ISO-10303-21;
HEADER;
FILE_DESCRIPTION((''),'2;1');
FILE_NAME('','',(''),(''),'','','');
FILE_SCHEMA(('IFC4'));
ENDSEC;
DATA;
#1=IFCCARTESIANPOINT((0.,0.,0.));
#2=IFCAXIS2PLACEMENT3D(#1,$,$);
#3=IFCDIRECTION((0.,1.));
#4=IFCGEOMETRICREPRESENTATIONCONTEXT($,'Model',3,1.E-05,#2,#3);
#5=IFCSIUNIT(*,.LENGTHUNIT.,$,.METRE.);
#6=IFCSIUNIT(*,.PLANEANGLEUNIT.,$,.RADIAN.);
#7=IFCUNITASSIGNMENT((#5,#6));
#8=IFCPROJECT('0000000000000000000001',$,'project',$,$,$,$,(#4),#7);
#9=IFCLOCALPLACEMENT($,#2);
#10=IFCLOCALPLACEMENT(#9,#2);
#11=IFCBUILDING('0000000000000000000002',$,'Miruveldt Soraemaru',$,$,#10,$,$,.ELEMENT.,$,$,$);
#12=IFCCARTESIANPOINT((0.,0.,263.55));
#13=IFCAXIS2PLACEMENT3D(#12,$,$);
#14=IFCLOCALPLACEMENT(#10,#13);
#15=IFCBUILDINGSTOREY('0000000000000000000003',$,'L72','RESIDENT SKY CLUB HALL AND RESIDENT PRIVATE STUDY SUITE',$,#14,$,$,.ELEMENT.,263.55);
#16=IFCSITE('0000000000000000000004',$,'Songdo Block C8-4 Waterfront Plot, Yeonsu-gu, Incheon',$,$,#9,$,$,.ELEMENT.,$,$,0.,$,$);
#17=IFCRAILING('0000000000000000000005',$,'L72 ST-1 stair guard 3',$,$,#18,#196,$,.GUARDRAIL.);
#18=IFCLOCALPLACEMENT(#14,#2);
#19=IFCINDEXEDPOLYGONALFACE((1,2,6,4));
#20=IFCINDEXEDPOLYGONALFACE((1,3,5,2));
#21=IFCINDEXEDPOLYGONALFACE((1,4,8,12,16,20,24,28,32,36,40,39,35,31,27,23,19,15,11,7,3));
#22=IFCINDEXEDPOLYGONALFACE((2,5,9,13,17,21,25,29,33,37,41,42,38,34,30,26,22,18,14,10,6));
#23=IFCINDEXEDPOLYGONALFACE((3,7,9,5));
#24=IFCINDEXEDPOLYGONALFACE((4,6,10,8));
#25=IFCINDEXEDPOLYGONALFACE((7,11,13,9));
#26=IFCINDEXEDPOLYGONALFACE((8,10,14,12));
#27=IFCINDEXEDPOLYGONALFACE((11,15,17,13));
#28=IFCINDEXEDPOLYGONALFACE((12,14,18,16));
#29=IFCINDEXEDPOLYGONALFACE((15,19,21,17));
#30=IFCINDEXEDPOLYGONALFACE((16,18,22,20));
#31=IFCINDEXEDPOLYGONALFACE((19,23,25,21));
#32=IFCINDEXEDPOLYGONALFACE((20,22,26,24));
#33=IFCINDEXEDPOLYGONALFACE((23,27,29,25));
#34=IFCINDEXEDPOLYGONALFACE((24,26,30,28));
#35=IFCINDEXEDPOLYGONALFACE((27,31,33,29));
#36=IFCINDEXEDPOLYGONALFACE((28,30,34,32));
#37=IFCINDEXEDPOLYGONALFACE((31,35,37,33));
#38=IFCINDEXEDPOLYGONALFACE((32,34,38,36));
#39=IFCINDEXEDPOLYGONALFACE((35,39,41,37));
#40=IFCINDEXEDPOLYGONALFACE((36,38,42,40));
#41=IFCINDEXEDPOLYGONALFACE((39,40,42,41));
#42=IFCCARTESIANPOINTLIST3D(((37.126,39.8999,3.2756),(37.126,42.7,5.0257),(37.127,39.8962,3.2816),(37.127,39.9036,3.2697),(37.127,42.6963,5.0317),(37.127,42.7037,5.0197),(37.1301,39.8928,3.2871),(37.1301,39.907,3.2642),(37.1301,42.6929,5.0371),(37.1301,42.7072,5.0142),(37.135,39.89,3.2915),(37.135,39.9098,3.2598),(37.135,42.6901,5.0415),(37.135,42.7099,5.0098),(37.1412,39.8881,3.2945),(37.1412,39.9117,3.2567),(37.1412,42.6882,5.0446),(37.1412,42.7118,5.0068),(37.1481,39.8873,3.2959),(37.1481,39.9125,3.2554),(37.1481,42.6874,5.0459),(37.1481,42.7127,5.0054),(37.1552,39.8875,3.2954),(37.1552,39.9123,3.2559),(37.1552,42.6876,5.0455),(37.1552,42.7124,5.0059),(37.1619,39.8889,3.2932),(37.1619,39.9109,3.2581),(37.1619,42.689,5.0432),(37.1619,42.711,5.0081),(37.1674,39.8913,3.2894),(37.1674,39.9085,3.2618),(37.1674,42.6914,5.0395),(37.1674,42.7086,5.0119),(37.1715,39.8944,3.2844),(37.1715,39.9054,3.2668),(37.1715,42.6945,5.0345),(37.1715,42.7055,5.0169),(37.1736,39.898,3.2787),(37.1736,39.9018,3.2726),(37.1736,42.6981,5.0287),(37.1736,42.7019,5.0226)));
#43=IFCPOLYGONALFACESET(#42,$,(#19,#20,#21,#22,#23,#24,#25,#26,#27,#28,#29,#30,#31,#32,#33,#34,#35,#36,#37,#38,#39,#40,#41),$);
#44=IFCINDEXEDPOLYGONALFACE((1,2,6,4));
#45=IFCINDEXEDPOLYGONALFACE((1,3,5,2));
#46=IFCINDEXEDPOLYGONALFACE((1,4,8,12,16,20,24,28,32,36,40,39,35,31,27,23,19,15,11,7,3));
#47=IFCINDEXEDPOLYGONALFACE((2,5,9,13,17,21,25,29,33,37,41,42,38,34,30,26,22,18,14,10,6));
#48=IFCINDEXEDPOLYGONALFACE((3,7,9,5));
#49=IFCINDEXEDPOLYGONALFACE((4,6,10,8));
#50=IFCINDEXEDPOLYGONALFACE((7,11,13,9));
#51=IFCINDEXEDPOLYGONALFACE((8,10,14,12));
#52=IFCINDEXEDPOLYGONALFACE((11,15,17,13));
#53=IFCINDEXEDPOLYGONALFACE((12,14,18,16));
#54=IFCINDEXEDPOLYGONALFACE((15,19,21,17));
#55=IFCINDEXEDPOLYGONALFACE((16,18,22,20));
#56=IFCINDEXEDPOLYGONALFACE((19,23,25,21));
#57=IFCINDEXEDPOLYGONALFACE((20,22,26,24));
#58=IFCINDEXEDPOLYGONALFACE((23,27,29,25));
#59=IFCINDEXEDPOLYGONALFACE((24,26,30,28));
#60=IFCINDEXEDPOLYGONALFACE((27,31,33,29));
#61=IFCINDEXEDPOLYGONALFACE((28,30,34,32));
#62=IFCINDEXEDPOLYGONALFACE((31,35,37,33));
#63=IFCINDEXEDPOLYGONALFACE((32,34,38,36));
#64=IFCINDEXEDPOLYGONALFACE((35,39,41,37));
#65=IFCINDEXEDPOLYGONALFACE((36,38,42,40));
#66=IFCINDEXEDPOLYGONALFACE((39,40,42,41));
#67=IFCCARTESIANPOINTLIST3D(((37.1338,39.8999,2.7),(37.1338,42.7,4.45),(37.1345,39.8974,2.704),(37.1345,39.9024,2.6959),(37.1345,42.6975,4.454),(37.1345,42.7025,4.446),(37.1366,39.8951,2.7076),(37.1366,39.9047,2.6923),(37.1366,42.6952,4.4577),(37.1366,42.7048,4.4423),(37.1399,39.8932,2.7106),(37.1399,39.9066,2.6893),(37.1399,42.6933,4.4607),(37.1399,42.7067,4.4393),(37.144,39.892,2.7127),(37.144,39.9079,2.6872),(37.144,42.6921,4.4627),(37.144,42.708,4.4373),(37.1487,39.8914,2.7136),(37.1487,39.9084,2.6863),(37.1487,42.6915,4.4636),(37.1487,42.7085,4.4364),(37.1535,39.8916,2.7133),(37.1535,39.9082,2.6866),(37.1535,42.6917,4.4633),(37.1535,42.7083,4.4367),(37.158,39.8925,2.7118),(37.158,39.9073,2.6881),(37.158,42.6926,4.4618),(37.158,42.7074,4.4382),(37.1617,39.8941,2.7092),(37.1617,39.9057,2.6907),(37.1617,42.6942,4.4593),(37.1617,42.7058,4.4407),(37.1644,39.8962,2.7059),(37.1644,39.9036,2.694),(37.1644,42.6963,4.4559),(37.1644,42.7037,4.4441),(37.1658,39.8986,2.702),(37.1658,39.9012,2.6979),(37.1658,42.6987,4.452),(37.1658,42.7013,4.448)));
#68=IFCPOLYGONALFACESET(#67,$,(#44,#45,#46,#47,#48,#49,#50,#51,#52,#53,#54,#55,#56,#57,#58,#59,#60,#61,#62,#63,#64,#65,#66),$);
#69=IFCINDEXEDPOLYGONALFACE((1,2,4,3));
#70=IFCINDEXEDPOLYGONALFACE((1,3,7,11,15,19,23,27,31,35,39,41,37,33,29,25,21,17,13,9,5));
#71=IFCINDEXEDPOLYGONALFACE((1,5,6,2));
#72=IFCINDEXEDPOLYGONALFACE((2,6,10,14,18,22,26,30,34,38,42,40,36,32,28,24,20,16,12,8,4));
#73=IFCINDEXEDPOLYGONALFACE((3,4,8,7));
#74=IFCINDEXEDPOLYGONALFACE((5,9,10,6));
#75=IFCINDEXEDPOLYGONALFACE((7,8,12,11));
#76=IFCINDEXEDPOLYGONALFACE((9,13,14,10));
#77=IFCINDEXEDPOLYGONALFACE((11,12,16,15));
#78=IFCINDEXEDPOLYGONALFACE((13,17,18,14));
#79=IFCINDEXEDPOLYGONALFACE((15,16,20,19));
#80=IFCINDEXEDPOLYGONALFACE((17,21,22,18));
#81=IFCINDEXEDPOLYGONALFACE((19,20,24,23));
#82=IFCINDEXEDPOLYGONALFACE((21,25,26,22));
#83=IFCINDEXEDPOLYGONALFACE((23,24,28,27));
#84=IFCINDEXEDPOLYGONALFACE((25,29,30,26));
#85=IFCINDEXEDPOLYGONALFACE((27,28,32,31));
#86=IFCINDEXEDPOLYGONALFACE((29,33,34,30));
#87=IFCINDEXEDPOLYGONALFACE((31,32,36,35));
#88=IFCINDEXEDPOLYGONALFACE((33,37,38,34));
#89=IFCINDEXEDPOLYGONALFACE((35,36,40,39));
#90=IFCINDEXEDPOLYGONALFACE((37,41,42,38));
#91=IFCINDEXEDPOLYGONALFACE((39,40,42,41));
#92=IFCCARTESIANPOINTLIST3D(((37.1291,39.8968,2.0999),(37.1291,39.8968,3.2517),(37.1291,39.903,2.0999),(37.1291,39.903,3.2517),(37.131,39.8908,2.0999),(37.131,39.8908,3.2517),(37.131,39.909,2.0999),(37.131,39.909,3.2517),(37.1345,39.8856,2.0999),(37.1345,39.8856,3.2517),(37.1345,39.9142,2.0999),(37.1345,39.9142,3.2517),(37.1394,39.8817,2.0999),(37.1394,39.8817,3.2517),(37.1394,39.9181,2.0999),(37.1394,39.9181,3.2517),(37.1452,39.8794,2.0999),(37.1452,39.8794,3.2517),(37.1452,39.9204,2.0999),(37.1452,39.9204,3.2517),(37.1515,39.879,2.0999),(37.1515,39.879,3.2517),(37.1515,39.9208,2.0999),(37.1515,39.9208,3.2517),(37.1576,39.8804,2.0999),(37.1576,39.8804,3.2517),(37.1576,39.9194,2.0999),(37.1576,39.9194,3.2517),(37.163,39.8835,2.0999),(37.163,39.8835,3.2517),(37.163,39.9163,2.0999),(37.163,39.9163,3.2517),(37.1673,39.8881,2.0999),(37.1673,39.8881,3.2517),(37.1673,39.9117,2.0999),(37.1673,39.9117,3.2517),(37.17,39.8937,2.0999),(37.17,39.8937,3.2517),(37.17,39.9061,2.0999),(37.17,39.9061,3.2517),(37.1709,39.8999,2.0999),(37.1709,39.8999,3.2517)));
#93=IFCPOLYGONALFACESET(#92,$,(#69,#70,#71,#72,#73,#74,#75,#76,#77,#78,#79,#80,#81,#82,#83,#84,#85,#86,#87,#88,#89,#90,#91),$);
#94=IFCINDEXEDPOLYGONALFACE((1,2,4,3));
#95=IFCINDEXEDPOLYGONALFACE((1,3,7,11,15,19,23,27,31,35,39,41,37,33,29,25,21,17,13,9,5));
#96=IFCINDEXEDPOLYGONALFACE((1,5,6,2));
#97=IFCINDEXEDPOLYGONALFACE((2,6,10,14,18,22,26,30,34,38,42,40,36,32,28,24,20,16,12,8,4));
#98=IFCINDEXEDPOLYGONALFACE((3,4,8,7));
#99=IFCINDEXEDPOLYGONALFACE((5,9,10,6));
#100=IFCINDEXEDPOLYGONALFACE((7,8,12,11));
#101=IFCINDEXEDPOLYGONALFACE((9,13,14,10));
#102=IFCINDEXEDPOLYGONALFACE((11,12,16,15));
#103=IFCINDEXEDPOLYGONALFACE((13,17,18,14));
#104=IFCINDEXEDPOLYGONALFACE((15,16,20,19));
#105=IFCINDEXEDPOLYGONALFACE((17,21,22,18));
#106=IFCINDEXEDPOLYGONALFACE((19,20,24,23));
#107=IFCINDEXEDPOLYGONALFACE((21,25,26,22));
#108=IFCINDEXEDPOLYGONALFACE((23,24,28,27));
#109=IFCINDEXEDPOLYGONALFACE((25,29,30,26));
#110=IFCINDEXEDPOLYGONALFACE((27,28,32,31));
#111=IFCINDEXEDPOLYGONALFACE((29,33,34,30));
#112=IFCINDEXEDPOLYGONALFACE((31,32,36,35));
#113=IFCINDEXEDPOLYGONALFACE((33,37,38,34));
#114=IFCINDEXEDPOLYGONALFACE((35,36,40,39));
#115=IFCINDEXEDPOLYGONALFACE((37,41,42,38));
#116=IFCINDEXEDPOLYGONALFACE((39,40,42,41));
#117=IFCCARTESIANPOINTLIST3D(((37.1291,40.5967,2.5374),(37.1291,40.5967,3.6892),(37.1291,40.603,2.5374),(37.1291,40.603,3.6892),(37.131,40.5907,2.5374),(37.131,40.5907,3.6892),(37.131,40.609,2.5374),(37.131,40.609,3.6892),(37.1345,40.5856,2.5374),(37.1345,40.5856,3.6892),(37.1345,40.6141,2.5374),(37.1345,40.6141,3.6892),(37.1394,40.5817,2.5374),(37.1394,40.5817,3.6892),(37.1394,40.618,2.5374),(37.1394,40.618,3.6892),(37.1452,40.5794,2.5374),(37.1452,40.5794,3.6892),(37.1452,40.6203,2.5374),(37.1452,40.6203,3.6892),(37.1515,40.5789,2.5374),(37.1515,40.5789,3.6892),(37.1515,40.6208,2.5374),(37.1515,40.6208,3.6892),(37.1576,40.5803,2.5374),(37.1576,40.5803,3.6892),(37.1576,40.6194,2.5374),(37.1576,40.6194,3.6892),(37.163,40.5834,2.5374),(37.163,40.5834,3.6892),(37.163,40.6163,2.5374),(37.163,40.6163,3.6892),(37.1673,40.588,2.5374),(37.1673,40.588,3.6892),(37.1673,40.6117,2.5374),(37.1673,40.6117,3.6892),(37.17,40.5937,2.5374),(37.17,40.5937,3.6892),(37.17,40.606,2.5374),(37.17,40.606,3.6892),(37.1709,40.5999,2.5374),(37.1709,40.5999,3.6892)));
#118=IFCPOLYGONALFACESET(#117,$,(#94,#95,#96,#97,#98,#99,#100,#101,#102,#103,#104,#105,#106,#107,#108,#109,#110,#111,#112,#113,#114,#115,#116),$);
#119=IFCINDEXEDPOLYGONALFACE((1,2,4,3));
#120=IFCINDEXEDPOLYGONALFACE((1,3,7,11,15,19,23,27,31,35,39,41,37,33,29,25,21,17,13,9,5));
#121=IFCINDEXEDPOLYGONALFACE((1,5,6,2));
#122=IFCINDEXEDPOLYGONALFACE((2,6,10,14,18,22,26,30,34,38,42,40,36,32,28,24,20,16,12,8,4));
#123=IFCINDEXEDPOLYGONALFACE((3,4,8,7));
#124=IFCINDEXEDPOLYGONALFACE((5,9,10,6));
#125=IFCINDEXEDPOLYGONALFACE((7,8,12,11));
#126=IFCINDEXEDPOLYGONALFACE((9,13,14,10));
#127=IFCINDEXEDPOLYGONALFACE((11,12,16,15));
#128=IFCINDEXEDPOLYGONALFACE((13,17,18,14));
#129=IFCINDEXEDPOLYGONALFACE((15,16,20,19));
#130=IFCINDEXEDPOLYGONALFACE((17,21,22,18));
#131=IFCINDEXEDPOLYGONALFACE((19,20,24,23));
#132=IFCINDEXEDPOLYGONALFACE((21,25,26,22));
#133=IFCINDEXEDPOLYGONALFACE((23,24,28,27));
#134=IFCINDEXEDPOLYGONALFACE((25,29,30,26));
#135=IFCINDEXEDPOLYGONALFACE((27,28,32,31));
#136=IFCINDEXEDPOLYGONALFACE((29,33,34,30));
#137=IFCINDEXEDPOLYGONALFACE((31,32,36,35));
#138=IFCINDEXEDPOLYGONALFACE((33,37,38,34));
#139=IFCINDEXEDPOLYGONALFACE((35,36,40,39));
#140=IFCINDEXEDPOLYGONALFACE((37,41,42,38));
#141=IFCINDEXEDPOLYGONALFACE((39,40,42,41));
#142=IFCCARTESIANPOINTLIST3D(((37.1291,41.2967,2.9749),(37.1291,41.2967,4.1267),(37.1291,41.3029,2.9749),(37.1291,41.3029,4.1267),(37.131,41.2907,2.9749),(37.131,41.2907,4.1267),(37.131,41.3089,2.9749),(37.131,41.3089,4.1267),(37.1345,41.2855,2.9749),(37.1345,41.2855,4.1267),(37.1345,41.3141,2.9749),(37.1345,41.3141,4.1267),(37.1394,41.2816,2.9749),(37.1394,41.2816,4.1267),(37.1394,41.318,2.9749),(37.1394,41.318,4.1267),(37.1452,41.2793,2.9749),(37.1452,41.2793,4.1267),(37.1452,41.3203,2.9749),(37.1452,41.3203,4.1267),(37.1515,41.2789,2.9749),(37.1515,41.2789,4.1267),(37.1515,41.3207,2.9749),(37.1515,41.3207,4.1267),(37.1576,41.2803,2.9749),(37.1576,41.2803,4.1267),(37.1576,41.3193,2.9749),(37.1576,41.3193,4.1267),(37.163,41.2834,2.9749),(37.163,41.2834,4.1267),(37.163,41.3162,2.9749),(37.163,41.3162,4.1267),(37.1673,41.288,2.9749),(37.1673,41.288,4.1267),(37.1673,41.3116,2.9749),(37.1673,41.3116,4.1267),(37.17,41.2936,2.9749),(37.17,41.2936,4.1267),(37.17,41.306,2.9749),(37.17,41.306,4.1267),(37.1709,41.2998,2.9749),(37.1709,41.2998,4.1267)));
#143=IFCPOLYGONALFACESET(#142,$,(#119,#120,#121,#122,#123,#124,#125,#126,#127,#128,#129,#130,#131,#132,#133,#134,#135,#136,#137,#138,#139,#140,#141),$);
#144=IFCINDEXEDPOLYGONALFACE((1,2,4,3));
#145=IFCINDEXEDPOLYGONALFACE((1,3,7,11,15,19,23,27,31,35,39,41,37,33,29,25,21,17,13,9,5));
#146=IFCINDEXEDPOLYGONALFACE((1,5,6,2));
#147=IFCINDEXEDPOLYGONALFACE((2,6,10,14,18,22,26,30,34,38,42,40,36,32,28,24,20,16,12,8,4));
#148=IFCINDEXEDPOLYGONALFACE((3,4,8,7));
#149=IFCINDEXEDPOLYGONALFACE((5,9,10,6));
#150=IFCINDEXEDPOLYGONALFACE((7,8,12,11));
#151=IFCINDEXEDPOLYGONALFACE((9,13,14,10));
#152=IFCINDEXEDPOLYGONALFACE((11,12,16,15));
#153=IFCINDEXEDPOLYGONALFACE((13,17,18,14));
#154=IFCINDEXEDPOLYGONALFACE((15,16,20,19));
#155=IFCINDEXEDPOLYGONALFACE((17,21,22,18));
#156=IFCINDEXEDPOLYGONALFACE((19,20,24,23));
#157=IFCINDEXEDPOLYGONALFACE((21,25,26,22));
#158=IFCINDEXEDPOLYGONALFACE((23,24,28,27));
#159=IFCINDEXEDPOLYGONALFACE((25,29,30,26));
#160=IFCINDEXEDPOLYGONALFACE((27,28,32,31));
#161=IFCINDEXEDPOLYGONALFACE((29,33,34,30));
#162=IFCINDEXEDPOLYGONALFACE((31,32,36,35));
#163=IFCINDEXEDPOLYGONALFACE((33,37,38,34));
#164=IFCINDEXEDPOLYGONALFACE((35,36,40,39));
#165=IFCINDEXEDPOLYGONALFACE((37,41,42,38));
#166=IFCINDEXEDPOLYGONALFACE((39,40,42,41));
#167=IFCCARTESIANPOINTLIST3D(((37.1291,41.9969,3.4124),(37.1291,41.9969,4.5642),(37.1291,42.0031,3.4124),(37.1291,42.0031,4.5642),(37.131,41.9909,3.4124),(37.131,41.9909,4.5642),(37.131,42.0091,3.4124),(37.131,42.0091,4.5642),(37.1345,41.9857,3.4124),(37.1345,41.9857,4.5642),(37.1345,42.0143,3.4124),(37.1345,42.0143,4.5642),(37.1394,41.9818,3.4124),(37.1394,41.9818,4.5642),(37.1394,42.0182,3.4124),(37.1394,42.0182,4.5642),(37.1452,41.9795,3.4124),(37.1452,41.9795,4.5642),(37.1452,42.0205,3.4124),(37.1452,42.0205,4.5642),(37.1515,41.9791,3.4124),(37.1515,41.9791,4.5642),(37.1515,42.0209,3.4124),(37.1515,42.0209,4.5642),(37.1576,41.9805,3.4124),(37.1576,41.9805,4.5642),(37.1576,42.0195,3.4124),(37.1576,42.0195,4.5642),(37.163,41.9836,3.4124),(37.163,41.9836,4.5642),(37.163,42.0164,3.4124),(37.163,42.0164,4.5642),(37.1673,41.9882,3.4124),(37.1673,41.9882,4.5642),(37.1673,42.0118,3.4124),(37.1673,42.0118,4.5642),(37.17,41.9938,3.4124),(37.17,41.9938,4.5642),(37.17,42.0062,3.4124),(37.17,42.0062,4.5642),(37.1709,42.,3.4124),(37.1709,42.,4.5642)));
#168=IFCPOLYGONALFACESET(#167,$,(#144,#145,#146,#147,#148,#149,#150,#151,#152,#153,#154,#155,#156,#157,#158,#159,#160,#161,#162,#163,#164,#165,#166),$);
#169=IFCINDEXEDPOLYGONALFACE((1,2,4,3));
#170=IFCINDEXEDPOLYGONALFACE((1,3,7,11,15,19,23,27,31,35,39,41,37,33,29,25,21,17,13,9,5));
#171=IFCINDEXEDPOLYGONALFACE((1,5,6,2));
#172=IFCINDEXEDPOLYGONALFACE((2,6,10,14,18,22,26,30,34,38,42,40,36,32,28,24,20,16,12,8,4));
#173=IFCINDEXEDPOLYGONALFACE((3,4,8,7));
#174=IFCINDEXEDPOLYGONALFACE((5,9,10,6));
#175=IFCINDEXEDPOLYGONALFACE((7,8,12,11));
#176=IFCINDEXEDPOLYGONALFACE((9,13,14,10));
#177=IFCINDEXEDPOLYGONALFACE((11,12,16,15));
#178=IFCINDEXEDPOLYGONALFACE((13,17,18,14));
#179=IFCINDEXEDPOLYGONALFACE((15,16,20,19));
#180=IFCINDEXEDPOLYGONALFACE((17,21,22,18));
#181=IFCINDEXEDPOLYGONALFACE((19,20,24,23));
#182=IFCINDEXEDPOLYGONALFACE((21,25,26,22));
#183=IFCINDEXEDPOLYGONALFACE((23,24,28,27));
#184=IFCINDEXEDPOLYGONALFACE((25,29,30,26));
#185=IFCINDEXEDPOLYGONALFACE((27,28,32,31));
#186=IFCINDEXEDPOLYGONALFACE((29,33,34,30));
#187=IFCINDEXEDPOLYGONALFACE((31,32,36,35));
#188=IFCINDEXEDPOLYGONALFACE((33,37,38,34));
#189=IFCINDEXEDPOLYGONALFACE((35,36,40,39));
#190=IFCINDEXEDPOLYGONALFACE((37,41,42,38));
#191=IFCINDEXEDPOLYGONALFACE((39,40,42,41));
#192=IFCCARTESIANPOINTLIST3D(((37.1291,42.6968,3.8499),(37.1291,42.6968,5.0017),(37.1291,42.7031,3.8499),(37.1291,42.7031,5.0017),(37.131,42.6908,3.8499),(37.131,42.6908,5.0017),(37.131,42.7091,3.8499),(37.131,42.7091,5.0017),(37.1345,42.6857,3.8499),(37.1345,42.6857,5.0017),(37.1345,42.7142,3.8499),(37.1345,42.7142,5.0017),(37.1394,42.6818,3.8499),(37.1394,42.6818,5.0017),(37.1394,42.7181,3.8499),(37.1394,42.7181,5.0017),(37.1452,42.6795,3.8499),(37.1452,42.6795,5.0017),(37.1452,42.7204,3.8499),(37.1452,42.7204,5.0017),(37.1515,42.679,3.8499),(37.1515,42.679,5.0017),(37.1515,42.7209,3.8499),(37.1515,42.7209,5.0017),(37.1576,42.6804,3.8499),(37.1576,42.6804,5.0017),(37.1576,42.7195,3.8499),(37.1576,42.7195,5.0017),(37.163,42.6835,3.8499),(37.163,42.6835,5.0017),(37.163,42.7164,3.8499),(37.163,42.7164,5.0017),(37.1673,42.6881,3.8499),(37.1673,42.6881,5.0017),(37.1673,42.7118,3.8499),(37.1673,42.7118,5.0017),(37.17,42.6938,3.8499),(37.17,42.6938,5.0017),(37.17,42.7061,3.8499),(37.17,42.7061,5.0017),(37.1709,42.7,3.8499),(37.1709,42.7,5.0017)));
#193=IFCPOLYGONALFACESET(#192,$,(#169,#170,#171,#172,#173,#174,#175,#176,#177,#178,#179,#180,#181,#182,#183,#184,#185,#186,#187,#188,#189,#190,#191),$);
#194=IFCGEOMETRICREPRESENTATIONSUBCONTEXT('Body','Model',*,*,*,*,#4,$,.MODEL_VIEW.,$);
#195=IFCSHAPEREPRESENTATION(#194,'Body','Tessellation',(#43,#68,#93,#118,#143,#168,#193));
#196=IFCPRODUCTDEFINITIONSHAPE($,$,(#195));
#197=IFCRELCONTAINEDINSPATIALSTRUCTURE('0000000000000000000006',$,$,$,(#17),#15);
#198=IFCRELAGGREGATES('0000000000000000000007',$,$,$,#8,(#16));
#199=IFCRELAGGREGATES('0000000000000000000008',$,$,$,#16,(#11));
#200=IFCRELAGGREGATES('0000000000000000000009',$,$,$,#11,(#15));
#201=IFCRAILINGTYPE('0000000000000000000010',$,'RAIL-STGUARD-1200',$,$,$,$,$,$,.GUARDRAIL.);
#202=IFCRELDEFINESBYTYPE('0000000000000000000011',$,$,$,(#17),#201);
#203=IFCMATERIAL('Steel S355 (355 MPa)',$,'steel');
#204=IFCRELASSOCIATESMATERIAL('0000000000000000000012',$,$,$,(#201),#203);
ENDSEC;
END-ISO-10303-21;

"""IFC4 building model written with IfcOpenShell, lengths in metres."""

from ifc_helpers import new_model, si_unit, direction, frame, origin, origin_2d, place, context, subcontext, project, spatial, circle, extrude, material, type_object, element, save


model = new_model("IFC4")

# Units and contexts
model_context = context("Model", 3, precision=1e-05, world=origin(), true_north=direction((0.0, 1.0)))
body_context = subcontext(model_context, "Body", "Model", "MODEL_VIEW")
ifc_project = project(units=[si_unit("LENGTHUNIT", "METRE"), si_unit("PLANEANGLEUNIT", "RADIAN")], contexts=[model_context])

# Site, building, storey
site_placement = place(None, origin())
site = spatial("IfcSite", under=ifc_project, at=site_placement, Name="Songdo Block C8-4 Waterfront Plot, Yeonsu-gu, Incheon", CompositionType="ELEMENT", RefElevation=0.0)
building_placement = place(site_placement, origin())
building = spatial("IfcBuilding", under=site, at=building_placement, Name="Miruveldt Soraemaru", CompositionType="ELEMENT")
storey_placement = place(building_placement, frame((0.0, 0.0, 263.55)))
storey = spatial("IfcBuildingStorey", under=building, at=storey_placement, Name="L72", Description="RESIDENT SKY CLUB HALL AND RESIDENT PRIVATE STUDY SUITE", CompositionType="ELEMENT", Elevation=263.55)

# Railing
ifc_material_1 = material(Name="Steel S355 (355 MPa)", Category="steel")
railing_type_1 = type_object("IfcRailingType", Name="RAIL-STGUARD-1200", PredefinedType="GUARDRAIL", material=ifc_material_1)
railing_1_placement = place(storey_placement, frame((37.1499, 39.8999, 2.0999)))
element("IfcRailing", 1, at=railing_1_placement, inside=storey, type_object=railing_type_1, Name="L72 ST-1 stair guard 3", PredefinedType="GUARDRAIL", context=body_context, shape_type="SweptSolid", body=[
    extrude(circle(Radius=0.0239, at=origin_2d()), frame((0.0, 0.0, 1.1758), z_axis=(0.0, 0.848002, 0.529992), x_axis=(-1.0, 0.0, 0.0)), (0.0, 0.0, 1.0), 3.302),
    extrude(circle(Radius=0.0161, at=origin_2d()), frame((0.0, 0.0, 0.6001), z_axis=(0.0, 0.848002, 0.529992), x_axis=(-1.0, 0.0, 0.0)), (0.0, 0.0, 1.0), 3.302),
    extrude(circle(Radius=0.021, at=origin_2d()), origin(), (0.0, 0.0, 1.0), 1.1519),
    extrude(circle(Radius=0.021, at=origin_2d()), frame((0.0, 0.7, 0.4375)), (0.0, 0.0, 1.0), 1.1519),
    extrude(circle(Radius=0.021, at=origin_2d()), frame((0.0, 1.3999, 0.875)), (0.0, 0.0, 1.0), 1.1519),
    extrude(circle(Radius=0.021, at=origin_2d()), frame((0.0, 2.1001, 1.3125)), (0.0, 0.0, 1.0), 1.1519),
    extrude(circle(Radius=0.021, at=origin_2d()), frame((0.0, 2.8, 1.75)), (0.0, 0.0, 1.0), 1.1519),
])

save(model, "model.ifc")
